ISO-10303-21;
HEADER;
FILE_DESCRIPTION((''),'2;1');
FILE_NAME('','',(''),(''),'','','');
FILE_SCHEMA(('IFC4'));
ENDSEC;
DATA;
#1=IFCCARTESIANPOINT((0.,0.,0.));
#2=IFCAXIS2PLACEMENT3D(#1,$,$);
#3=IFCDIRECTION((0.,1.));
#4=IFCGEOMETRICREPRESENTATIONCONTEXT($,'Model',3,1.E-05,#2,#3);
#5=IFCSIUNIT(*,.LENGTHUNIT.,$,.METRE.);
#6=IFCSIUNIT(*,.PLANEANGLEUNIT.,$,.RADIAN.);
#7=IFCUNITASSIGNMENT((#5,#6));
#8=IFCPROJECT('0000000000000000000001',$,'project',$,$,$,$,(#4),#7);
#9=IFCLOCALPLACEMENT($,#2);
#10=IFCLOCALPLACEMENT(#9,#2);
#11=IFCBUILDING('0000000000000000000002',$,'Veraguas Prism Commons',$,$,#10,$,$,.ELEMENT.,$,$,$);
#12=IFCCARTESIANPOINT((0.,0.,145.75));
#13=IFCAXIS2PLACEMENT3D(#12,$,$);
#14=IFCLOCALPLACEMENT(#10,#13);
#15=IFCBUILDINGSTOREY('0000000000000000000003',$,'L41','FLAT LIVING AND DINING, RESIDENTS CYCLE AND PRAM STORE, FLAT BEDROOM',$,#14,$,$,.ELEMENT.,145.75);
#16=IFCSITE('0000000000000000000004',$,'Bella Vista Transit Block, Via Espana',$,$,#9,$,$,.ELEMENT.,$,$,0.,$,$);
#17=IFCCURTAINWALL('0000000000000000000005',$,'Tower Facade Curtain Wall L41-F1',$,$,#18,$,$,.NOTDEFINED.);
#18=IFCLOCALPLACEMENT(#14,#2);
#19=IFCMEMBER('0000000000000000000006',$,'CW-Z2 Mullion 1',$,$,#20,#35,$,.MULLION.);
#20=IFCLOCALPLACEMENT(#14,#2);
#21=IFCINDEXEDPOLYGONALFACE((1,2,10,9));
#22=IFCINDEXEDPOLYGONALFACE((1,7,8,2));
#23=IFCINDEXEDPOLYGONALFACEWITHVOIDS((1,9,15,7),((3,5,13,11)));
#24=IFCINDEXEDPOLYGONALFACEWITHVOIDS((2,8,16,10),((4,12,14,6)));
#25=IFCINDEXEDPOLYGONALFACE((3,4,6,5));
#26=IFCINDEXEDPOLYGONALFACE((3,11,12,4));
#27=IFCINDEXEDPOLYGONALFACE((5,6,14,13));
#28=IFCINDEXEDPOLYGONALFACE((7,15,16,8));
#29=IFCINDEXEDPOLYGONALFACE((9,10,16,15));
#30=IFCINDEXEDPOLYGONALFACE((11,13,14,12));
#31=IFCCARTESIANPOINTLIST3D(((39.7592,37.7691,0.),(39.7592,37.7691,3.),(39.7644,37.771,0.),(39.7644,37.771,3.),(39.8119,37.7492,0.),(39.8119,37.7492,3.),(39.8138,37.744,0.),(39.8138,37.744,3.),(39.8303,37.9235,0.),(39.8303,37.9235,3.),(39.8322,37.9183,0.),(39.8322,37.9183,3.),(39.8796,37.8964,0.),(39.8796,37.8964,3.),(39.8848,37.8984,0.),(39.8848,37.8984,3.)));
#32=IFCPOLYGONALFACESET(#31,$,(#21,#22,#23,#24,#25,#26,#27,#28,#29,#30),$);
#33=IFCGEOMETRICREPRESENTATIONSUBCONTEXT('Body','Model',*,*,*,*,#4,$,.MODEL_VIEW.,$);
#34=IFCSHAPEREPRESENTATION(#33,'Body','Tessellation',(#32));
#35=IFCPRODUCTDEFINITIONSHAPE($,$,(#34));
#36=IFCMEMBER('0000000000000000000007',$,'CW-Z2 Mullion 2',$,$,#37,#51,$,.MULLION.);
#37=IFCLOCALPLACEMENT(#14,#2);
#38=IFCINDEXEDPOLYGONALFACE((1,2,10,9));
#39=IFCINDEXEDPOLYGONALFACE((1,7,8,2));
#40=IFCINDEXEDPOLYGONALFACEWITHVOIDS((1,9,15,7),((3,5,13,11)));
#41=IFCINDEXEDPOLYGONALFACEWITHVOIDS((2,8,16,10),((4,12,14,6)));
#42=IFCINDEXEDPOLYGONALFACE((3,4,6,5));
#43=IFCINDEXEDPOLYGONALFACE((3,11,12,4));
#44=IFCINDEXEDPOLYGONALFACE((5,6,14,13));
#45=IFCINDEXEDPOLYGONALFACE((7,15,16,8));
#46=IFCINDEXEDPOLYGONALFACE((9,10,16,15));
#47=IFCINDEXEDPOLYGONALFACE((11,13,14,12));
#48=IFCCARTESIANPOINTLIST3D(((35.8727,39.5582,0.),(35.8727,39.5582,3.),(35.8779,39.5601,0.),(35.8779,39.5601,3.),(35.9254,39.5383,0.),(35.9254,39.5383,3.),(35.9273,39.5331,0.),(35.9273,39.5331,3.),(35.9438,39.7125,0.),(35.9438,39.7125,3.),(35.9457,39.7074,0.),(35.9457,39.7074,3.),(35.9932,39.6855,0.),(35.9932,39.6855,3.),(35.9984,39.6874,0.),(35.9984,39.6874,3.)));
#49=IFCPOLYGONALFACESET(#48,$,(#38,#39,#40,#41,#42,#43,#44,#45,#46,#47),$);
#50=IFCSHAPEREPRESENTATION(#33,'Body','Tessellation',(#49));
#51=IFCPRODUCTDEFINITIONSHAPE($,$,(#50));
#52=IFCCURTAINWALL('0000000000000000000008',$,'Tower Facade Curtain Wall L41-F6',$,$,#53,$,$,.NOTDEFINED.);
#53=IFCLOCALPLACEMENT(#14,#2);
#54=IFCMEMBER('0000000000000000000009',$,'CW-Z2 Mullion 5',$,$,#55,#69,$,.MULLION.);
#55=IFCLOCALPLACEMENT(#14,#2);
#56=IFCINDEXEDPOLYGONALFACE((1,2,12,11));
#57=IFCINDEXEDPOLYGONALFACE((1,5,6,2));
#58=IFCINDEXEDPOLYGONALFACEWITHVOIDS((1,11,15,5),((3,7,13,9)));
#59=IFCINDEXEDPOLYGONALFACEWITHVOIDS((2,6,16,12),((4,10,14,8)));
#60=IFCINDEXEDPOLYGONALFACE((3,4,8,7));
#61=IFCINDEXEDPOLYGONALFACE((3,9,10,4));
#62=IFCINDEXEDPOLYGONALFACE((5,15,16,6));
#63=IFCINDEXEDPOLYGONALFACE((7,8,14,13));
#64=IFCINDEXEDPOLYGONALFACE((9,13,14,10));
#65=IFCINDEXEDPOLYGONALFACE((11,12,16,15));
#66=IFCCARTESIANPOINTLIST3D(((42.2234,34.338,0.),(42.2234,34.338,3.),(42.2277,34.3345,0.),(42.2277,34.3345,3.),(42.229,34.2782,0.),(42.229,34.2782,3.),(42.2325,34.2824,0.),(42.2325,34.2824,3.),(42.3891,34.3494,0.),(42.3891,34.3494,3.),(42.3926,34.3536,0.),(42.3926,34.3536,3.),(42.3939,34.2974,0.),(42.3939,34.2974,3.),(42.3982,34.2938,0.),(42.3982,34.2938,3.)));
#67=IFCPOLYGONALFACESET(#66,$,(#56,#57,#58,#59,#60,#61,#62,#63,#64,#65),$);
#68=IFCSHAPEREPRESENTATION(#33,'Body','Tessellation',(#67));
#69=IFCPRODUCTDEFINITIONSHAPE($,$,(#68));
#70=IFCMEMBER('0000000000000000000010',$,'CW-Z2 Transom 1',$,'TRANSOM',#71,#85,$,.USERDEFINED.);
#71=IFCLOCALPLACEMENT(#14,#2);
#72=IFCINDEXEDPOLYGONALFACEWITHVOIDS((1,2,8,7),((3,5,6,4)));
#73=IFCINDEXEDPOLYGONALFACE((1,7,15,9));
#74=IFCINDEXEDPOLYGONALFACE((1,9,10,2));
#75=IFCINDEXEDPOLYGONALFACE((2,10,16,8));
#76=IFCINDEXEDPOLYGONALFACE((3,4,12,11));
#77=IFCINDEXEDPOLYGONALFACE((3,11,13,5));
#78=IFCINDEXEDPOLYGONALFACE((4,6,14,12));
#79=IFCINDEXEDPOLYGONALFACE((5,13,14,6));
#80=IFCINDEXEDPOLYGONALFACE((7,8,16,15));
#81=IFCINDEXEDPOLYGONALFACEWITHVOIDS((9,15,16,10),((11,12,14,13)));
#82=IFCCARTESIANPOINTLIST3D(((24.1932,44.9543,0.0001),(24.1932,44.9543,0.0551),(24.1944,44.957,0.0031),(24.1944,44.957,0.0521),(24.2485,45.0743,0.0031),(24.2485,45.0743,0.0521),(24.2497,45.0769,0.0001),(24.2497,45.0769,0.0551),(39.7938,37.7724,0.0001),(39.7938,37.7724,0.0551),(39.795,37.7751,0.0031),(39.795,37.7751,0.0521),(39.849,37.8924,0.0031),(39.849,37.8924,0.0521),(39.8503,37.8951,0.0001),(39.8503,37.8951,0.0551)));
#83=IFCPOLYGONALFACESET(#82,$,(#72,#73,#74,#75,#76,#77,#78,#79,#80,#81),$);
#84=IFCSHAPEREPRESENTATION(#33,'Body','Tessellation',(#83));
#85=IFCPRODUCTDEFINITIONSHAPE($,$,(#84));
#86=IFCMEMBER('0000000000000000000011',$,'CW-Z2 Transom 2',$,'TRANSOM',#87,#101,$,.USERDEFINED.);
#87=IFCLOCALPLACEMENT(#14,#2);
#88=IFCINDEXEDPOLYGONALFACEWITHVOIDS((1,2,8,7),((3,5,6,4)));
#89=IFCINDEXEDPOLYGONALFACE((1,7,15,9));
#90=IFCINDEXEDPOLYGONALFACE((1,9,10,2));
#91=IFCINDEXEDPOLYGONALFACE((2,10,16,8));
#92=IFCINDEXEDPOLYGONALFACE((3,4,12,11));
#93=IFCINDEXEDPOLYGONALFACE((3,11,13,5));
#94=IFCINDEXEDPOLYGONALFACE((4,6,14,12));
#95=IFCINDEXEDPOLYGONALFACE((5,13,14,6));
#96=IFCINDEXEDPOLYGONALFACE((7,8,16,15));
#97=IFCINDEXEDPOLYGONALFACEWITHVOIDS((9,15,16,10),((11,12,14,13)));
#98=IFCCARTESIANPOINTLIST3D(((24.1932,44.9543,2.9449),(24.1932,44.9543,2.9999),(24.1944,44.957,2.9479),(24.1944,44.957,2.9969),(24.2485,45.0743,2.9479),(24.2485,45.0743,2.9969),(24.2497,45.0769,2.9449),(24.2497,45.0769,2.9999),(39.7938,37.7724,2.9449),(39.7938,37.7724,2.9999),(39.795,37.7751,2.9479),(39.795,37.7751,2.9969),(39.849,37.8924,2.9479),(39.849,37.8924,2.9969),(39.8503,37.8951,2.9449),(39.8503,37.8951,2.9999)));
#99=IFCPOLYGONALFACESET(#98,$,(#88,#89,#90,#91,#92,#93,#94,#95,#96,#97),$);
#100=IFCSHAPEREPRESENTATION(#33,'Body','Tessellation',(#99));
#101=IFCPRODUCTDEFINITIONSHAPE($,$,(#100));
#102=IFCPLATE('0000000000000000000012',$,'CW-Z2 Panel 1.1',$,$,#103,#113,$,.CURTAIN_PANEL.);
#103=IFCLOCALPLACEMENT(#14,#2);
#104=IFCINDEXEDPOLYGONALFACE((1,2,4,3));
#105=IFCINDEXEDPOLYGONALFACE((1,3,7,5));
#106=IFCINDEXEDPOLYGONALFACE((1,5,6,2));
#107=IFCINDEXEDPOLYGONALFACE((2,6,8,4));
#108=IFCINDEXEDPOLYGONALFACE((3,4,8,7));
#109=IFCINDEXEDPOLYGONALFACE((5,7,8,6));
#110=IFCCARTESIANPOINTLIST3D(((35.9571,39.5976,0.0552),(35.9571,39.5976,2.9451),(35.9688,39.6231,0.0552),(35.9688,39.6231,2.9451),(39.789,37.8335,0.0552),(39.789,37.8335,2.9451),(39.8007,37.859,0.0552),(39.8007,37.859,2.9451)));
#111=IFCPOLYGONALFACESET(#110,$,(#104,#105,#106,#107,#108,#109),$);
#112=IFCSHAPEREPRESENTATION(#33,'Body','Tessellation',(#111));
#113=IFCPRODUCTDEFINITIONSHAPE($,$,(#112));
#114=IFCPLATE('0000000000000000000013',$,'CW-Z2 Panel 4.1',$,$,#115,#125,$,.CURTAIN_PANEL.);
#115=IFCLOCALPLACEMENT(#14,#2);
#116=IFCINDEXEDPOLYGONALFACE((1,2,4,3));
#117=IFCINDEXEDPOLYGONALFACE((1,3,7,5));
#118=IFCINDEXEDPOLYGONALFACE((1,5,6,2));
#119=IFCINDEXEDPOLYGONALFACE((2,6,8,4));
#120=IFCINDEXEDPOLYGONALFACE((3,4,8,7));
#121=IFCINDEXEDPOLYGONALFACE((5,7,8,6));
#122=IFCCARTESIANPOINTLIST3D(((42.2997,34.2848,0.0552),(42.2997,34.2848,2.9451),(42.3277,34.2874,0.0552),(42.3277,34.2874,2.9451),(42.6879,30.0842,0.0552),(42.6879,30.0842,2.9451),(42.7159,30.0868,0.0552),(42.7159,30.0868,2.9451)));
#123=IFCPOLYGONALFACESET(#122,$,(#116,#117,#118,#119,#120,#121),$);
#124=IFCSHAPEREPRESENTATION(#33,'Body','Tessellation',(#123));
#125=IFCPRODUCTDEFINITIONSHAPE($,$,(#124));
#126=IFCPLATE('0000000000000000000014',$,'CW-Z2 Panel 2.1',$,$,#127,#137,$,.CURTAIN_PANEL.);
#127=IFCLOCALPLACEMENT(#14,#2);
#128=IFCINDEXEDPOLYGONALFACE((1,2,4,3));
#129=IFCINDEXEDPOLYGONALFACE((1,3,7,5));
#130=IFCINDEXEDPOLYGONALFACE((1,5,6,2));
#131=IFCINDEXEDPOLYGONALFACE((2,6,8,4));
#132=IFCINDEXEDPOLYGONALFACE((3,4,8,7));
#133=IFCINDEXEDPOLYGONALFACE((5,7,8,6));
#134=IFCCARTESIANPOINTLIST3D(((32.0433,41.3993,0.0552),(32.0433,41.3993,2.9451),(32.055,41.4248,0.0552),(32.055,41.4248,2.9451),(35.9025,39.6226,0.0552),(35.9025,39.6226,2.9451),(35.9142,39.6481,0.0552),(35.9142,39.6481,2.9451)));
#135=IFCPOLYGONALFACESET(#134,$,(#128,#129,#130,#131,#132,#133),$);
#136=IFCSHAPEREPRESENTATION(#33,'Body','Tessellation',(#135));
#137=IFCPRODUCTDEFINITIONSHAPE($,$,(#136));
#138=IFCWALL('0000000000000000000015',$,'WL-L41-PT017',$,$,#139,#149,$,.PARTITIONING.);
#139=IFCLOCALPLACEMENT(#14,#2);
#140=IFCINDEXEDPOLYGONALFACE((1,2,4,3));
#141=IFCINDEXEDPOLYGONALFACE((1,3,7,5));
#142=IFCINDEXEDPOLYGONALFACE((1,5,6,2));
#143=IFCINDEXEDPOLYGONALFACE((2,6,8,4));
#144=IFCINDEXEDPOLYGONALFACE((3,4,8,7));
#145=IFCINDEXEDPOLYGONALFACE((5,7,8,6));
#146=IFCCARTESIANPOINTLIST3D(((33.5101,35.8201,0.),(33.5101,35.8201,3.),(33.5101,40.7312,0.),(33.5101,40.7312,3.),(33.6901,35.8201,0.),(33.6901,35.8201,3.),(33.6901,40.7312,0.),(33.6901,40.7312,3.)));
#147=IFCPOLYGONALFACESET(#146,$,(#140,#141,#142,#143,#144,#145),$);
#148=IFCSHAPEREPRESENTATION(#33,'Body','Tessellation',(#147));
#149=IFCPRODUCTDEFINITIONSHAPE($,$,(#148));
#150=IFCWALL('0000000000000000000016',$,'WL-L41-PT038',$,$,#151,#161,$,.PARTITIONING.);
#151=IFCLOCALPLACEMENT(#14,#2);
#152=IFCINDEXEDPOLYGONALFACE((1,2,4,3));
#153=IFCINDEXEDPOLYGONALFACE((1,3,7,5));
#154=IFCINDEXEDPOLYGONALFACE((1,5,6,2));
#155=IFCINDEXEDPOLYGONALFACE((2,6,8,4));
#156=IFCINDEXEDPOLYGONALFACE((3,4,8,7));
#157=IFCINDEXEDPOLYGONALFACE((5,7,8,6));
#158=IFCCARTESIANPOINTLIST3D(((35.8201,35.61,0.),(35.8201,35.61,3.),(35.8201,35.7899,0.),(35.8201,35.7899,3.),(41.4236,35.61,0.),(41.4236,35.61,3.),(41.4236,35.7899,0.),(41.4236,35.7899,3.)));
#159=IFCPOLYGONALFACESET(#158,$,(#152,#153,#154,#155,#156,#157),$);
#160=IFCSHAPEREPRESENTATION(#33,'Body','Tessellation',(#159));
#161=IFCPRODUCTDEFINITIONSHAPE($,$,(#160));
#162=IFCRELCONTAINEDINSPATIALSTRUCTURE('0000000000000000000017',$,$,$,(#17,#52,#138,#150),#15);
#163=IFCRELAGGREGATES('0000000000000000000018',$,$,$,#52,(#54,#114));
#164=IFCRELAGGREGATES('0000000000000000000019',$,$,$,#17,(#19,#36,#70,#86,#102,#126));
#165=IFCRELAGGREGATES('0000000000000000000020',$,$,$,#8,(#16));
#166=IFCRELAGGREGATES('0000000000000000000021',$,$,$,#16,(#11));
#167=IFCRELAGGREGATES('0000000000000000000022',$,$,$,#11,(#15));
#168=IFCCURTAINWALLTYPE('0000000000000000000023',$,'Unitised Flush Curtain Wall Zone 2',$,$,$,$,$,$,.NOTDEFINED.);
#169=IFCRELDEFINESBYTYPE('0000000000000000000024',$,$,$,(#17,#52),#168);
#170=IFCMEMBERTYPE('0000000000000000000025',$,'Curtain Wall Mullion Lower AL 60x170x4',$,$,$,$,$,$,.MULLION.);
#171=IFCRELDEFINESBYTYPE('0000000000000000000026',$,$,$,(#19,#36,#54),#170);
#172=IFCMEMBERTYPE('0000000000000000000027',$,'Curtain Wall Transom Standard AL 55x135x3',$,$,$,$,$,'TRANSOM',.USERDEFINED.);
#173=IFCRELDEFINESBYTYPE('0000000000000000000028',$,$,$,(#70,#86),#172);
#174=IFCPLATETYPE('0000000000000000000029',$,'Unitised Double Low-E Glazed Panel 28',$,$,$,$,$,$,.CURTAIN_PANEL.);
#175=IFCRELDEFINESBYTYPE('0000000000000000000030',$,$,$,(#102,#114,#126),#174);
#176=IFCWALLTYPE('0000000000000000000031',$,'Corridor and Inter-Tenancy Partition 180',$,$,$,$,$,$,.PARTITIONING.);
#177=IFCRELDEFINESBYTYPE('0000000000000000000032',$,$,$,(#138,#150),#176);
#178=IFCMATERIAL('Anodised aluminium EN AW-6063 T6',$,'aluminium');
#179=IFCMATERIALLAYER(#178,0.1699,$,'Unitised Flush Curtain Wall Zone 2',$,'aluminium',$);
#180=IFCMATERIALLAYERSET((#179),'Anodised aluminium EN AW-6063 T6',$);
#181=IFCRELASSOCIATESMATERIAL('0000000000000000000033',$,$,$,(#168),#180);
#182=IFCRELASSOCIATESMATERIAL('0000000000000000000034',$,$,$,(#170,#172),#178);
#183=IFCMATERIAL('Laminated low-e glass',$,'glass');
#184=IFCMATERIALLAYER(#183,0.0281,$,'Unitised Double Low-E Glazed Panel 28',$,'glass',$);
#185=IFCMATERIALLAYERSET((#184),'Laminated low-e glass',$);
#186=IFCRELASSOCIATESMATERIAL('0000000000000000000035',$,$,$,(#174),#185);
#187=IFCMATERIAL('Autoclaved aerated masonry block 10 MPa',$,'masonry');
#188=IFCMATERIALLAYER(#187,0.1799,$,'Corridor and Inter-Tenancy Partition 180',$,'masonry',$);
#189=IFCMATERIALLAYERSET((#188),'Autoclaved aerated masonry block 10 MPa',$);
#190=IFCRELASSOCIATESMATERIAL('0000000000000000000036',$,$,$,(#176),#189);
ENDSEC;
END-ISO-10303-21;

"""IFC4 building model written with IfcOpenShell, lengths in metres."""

from ifc_helpers import new_model, si_unit, direction, frame, frame_2d, origin, origin_2d, place, context, subcontext, project, spatial, rectangle, hollow_rectangle, extrude, source, transform, mapped, material, layer, layer_set, material_profile, profile_set, type_object, element, aggregate, save


model = new_model("IFC4")

# Units and contexts
model_context = context("Model", 3, precision=1e-05, world=origin(), true_north=direction((0.0, 1.0)))
body_context = subcontext(model_context, "Body", "Model", "MODEL_VIEW")
ifc_project = project(units=[si_unit("LENGTHUNIT", "METRE"), si_unit("PLANEANGLEUNIT", "RADIAN")], contexts=[model_context])

# Site, building, storey
site_placement = place(None, origin())
site = spatial("IfcSite", under=ifc_project, at=site_placement, Name="Bella Vista Transit Block, Via Espana", CompositionType="ELEMENT", RefElevation=0.0)
building_placement = place(site_placement, origin())
building = spatial("IfcBuilding", under=site, at=building_placement, Name="Veraguas Prism Commons", CompositionType="ELEMENT")
storey_placement = place(building_placement, frame((0.0, 0.0, 145.75)))
storey = spatial("IfcBuildingStorey", under=building, at=storey_placement, Name="L41", Description="FLAT LIVING AND DINING, RESIDENTS CYCLE AND PRAM STORE, FLAT BEDROOM", CompositionType="ELEMENT", Elevation=145.75)

# Curtain wall, members
ifc_material_1 = material(Name="Anodised aluminium EN AW-6063 T6", Category="aluminium")
ifc_layer_1 = layer(ifc_material_1, 0.1699, Name="Unitised Flush Curtain Wall Zone 2", Category="aluminium")
ifc_layer_set_1 = layer_set([ifc_layer_1], Name="Anodised aluminium EN AW-6063 T6")
curtain_wall_type = type_object("IfcCurtainWallType", Name="Unitised Flush Curtain Wall Zone 2", PredefinedType="NOTDEFINED", material=ifc_layer_set_1)
curtain_wall_1_placement = place(storey_placement, origin())
curtain_wall_1 = element("IfcCurtainWall", 1, at=curtain_wall_1_placement, inside=storey, type_object=curtain_wall_type, Name="Tower Facade Curtain Wall L41-F1", PredefinedType="NOTDEFINED")
ifc_material_profile_1 = material_profile(ifc_material_1, hollow_rectangle(XDim=0.0601, YDim=0.1699, WallThickness=0.0039, at=origin_2d()), Name="AL60X170X4")
ifc_profile_set_1 = profile_set([ifc_material_profile_1], Name="Anodised aluminium EN AW-6063 T6")
member_type_1 = type_object("IfcMemberType", Name="Curtain Wall Mullion Lower AL 60x170x4", PredefinedType="MULLION", material=ifc_profile_set_1)
shared_shape_1 = source(origin(), body_context, "Body", "SweptSolid", [
    extrude(hollow_rectangle(XDim=0.0601, YDim=0.1699, WallThickness=0.0039, at=origin_2d()), origin(), (0.0, 0.0, 1.0), 3.0),
])
member_1_placement = place(storey_placement, frame((39.822, 37.8337, 0.0), z_axis=(0.0, 0.0, 1.0), x_axis=(-0.908363, 0.418183, 0.0)))
member_1 = element("IfcMember", 2, at=member_1_placement, type_object=member_type_1, Name="CW-Z2 Mullion 1", PredefinedType="MULLION", context=body_context, shape_type="MappedRepresentation", body=[
    mapped(shared_shape_1, transform((0.0, 0.0, 0.0), scale=1.0)),
])
member_2_placement = place(storey_placement, frame((35.9355, 39.6228, 0.0), z_axis=(0.0, 0.0, 1.0), x_axis=(-0.908363, 0.418183, 0.0)))
member_2 = element("IfcMember", 3, at=member_2_placement, type_object=member_type_1, Name="CW-Z2 Mullion 2", PredefinedType="MULLION", context=body_context, shape_type="MappedRepresentation", body=[
    mapped(shared_shape_1, transform((0.0, 0.0, 0.0), scale=1.0)),
])

# Curtain wall, member
curtain_wall_2_placement = place(storey_placement, origin())
curtain_wall_2 = element("IfcCurtainWall", 4, at=curtain_wall_2_placement, inside=storey, type_object=curtain_wall_type, Name="Tower Facade Curtain Wall L41-F6", PredefinedType="NOTDEFINED")
member_3_placement = place(storey_placement, frame((42.3108, 34.3159, 0.0), z_axis=(0.0, 0.0, 1.0), x_axis=(-0.092025, 0.995757, 0.0)))
member_3 = element("IfcMember", 5, at=member_3_placement, type_object=member_type_1, Name="CW-Z2 Mullion 5", PredefinedType="MULLION", context=body_context, shape_type="MappedRepresentation", body=[
    mapped(shared_shape_1, transform((0.0, 0.0, 0.0), scale=1.0)),
])

# Members
ifc_material_profile_2 = material_profile(ifc_material_1, hollow_rectangle(XDim=0.0549, YDim=0.135, WallThickness=0.0029, at=origin_2d()), Name="AL55X135X3")
ifc_profile_set_2 = profile_set([ifc_material_profile_2], Name="Anodised aluminium EN AW-6063 T6")
member_type_2 = type_object("IfcMemberType", Name="Curtain Wall Transom Standard AL 55x135x3", ElementType="TRANSOM", PredefinedType="USERDEFINED", material=ifc_profile_set_2)
shared_shape_2 = source(origin(), body_context, "Body", "SweptSolid", [
    extrude(hollow_rectangle(XDim=0.0549, YDim=0.135, WallThickness=0.0029, at=origin_2d()), origin(), (0.0, 0.0, 1.0), 17.1743),
])
member_4_placement = place(storey_placement, frame((39.822, 37.8337, 0.0276), z_axis=(-0.908366, 0.418175, 0.0), x_axis=(0.0, 0.0, 1.0)))
member_4 = element("IfcMember", 6, at=member_4_placement, type_object=member_type_2, Name="CW-Z2 Transom 1", ObjectType="TRANSOM", PredefinedType="USERDEFINED", context=body_context, shape_type="MappedRepresentation", body=[
    mapped(shared_shape_2, transform((0.0, 0.0, 0.0), scale=1.0)),
])
member_5_placement = place(storey_placement, frame((39.822, 37.8337, 2.9724), z_axis=(-0.908366, 0.418175, 0.0), x_axis=(0.0, 0.0, 1.0)))
member_5 = element("IfcMember", 7, at=member_5_placement, type_object=member_type_2, Name="CW-Z2 Transom 2", ObjectType="TRANSOM", PredefinedType="USERDEFINED", context=body_context, shape_type="MappedRepresentation", body=[
    mapped(shared_shape_2, transform((0.0, 0.0, 0.0), scale=1.0)),
])

# Plates
ifc_material_2 = material(Name="Laminated low-e glass", Category="glass")
ifc_layer_2 = layer(ifc_material_2, 0.0281, Name="Unitised Double Low-E Glazed Panel 28", Category="glass")
ifc_layer_set_2 = layer_set([ifc_layer_2], Name="Laminated low-e glass")
plate_type = type_object("IfcPlateType", Name="Unitised Double Low-E Glazed Panel 28", PredefinedType="CURTAIN_PANEL", material=ifc_layer_set_2)
shared_shape_3 = source(origin(), body_context, "Body", "SweptSolid", [
    extrude(rectangle(XDim=4.2185, YDim=0.0281, at=origin_2d()), origin(), (0.0, 0.0, 1.0), 2.8899),
])
plate_1_placement = place(storey_placement, frame((37.8789, 38.7283, 0.0552), z_axis=(0.0, 0.0, 1.0), x_axis=(-0.908363, 0.418183, 0.0)))
plate_1 = element("IfcPlate", 8, at=plate_1_placement, type_object=plate_type, Name="CW-Z2 Panel 1.1", PredefinedType="CURTAIN_PANEL", context=body_context, shape_type="MappedRepresentation", body=[
    mapped(shared_shape_3, transform((0.0, 0.0, 0.0), scale=1.0)),
])
plate_2_placement = place(storey_placement, frame((42.5078, 32.1858, 0.0552), z_axis=(0.0, 0.0, 1.0), x_axis=(-0.092025, 0.995757, 0.0)))
plate_2 = element("IfcPlate", 9, at=plate_2_placement, type_object=plate_type, Name="CW-Z2 Panel 4.1", PredefinedType="CURTAIN_PANEL", context=body_context, shape_type="MappedRepresentation", body=[
    mapped(shared_shape_3, transform((0.0, 0.0, 0.0), scale=1.0)),
])
aggregate(curtain_wall_2, [member_3, plate_2])
shared_shape_4 = source(origin(), body_context, "Body", "SweptSolid", [
    extrude(rectangle(XDim=4.2485, YDim=0.0281, at=origin_2d()), origin(), (0.0, 0.0, 1.0), 2.8899),
])
plate_3_placement = place(storey_placement, frame((33.9788, 40.5237, 0.0552), z_axis=(0.0, 0.0, 1.0), x_axis=(-0.908363, 0.418183, 0.0)))
plate_3 = element("IfcPlate", 10, at=plate_3_placement, type_object=plate_type, Name="CW-Z2 Panel 2.1", PredefinedType="CURTAIN_PANEL", context=body_context, shape_type="MappedRepresentation", body=[
    mapped(shared_shape_4, transform((0.0, 0.0, 0.0), scale=1.0)),
])
aggregate(curtain_wall_1, [member_1, member_2, member_4, member_5, plate_1, plate_3])

# Walls
ifc_material_3 = material(Name="Autoclaved aerated masonry block 10 MPa", Category="masonry")
ifc_layer_3 = layer(ifc_material_3, 0.1799, Name="Corridor and Inter-Tenancy Partition 180", Category="masonry")
ifc_layer_set_3 = layer_set([ifc_layer_3], Name="Autoclaved aerated masonry block 10 MPa")
wall_type_1 = type_object("IfcWallType", Name="Corridor and Inter-Tenancy Partition 180", PredefinedType="PARTITIONING", material=ifc_layer_set_3)
wall_1_placement = place(storey_placement, frame((33.6001, 35.8201, 0.0), z_axis=(0.0, 0.0, 1.0), x_axis=(0.0, 1.0, 0.0)))
element("IfcWall", 11, at=wall_1_placement, inside=storey, type_object=wall_type_1, Name="WL-L41-PT017", PredefinedType="PARTITIONING", context=body_context, shape_type="SweptSolid", body=[
    extrude(rectangle(XDim=4.9111, YDim=0.1799, at=frame_2d((2.4556, 0.0))), origin(), (0.0, 0.0, 1.0), 3.0),
])
wall_2_placement = place(storey_placement, frame((35.8201, 35.7, 0.0), z_axis=(0.0, 0.0, 1.0), x_axis=(1.0, 0.0, 0.0)))
element("IfcWall", 12, at=wall_2_placement, inside=storey, type_object=wall_type_1, Name="WL-L41-PT038", PredefinedType="PARTITIONING", context=body_context, shape_type="SweptSolid", body=[
    extrude(rectangle(XDim=5.6035, YDim=0.1799, at=frame_2d((2.8018, 0.0))), origin(), (0.0, 0.0, 1.0), 3.0),
])

save(model, "model.ifc")
